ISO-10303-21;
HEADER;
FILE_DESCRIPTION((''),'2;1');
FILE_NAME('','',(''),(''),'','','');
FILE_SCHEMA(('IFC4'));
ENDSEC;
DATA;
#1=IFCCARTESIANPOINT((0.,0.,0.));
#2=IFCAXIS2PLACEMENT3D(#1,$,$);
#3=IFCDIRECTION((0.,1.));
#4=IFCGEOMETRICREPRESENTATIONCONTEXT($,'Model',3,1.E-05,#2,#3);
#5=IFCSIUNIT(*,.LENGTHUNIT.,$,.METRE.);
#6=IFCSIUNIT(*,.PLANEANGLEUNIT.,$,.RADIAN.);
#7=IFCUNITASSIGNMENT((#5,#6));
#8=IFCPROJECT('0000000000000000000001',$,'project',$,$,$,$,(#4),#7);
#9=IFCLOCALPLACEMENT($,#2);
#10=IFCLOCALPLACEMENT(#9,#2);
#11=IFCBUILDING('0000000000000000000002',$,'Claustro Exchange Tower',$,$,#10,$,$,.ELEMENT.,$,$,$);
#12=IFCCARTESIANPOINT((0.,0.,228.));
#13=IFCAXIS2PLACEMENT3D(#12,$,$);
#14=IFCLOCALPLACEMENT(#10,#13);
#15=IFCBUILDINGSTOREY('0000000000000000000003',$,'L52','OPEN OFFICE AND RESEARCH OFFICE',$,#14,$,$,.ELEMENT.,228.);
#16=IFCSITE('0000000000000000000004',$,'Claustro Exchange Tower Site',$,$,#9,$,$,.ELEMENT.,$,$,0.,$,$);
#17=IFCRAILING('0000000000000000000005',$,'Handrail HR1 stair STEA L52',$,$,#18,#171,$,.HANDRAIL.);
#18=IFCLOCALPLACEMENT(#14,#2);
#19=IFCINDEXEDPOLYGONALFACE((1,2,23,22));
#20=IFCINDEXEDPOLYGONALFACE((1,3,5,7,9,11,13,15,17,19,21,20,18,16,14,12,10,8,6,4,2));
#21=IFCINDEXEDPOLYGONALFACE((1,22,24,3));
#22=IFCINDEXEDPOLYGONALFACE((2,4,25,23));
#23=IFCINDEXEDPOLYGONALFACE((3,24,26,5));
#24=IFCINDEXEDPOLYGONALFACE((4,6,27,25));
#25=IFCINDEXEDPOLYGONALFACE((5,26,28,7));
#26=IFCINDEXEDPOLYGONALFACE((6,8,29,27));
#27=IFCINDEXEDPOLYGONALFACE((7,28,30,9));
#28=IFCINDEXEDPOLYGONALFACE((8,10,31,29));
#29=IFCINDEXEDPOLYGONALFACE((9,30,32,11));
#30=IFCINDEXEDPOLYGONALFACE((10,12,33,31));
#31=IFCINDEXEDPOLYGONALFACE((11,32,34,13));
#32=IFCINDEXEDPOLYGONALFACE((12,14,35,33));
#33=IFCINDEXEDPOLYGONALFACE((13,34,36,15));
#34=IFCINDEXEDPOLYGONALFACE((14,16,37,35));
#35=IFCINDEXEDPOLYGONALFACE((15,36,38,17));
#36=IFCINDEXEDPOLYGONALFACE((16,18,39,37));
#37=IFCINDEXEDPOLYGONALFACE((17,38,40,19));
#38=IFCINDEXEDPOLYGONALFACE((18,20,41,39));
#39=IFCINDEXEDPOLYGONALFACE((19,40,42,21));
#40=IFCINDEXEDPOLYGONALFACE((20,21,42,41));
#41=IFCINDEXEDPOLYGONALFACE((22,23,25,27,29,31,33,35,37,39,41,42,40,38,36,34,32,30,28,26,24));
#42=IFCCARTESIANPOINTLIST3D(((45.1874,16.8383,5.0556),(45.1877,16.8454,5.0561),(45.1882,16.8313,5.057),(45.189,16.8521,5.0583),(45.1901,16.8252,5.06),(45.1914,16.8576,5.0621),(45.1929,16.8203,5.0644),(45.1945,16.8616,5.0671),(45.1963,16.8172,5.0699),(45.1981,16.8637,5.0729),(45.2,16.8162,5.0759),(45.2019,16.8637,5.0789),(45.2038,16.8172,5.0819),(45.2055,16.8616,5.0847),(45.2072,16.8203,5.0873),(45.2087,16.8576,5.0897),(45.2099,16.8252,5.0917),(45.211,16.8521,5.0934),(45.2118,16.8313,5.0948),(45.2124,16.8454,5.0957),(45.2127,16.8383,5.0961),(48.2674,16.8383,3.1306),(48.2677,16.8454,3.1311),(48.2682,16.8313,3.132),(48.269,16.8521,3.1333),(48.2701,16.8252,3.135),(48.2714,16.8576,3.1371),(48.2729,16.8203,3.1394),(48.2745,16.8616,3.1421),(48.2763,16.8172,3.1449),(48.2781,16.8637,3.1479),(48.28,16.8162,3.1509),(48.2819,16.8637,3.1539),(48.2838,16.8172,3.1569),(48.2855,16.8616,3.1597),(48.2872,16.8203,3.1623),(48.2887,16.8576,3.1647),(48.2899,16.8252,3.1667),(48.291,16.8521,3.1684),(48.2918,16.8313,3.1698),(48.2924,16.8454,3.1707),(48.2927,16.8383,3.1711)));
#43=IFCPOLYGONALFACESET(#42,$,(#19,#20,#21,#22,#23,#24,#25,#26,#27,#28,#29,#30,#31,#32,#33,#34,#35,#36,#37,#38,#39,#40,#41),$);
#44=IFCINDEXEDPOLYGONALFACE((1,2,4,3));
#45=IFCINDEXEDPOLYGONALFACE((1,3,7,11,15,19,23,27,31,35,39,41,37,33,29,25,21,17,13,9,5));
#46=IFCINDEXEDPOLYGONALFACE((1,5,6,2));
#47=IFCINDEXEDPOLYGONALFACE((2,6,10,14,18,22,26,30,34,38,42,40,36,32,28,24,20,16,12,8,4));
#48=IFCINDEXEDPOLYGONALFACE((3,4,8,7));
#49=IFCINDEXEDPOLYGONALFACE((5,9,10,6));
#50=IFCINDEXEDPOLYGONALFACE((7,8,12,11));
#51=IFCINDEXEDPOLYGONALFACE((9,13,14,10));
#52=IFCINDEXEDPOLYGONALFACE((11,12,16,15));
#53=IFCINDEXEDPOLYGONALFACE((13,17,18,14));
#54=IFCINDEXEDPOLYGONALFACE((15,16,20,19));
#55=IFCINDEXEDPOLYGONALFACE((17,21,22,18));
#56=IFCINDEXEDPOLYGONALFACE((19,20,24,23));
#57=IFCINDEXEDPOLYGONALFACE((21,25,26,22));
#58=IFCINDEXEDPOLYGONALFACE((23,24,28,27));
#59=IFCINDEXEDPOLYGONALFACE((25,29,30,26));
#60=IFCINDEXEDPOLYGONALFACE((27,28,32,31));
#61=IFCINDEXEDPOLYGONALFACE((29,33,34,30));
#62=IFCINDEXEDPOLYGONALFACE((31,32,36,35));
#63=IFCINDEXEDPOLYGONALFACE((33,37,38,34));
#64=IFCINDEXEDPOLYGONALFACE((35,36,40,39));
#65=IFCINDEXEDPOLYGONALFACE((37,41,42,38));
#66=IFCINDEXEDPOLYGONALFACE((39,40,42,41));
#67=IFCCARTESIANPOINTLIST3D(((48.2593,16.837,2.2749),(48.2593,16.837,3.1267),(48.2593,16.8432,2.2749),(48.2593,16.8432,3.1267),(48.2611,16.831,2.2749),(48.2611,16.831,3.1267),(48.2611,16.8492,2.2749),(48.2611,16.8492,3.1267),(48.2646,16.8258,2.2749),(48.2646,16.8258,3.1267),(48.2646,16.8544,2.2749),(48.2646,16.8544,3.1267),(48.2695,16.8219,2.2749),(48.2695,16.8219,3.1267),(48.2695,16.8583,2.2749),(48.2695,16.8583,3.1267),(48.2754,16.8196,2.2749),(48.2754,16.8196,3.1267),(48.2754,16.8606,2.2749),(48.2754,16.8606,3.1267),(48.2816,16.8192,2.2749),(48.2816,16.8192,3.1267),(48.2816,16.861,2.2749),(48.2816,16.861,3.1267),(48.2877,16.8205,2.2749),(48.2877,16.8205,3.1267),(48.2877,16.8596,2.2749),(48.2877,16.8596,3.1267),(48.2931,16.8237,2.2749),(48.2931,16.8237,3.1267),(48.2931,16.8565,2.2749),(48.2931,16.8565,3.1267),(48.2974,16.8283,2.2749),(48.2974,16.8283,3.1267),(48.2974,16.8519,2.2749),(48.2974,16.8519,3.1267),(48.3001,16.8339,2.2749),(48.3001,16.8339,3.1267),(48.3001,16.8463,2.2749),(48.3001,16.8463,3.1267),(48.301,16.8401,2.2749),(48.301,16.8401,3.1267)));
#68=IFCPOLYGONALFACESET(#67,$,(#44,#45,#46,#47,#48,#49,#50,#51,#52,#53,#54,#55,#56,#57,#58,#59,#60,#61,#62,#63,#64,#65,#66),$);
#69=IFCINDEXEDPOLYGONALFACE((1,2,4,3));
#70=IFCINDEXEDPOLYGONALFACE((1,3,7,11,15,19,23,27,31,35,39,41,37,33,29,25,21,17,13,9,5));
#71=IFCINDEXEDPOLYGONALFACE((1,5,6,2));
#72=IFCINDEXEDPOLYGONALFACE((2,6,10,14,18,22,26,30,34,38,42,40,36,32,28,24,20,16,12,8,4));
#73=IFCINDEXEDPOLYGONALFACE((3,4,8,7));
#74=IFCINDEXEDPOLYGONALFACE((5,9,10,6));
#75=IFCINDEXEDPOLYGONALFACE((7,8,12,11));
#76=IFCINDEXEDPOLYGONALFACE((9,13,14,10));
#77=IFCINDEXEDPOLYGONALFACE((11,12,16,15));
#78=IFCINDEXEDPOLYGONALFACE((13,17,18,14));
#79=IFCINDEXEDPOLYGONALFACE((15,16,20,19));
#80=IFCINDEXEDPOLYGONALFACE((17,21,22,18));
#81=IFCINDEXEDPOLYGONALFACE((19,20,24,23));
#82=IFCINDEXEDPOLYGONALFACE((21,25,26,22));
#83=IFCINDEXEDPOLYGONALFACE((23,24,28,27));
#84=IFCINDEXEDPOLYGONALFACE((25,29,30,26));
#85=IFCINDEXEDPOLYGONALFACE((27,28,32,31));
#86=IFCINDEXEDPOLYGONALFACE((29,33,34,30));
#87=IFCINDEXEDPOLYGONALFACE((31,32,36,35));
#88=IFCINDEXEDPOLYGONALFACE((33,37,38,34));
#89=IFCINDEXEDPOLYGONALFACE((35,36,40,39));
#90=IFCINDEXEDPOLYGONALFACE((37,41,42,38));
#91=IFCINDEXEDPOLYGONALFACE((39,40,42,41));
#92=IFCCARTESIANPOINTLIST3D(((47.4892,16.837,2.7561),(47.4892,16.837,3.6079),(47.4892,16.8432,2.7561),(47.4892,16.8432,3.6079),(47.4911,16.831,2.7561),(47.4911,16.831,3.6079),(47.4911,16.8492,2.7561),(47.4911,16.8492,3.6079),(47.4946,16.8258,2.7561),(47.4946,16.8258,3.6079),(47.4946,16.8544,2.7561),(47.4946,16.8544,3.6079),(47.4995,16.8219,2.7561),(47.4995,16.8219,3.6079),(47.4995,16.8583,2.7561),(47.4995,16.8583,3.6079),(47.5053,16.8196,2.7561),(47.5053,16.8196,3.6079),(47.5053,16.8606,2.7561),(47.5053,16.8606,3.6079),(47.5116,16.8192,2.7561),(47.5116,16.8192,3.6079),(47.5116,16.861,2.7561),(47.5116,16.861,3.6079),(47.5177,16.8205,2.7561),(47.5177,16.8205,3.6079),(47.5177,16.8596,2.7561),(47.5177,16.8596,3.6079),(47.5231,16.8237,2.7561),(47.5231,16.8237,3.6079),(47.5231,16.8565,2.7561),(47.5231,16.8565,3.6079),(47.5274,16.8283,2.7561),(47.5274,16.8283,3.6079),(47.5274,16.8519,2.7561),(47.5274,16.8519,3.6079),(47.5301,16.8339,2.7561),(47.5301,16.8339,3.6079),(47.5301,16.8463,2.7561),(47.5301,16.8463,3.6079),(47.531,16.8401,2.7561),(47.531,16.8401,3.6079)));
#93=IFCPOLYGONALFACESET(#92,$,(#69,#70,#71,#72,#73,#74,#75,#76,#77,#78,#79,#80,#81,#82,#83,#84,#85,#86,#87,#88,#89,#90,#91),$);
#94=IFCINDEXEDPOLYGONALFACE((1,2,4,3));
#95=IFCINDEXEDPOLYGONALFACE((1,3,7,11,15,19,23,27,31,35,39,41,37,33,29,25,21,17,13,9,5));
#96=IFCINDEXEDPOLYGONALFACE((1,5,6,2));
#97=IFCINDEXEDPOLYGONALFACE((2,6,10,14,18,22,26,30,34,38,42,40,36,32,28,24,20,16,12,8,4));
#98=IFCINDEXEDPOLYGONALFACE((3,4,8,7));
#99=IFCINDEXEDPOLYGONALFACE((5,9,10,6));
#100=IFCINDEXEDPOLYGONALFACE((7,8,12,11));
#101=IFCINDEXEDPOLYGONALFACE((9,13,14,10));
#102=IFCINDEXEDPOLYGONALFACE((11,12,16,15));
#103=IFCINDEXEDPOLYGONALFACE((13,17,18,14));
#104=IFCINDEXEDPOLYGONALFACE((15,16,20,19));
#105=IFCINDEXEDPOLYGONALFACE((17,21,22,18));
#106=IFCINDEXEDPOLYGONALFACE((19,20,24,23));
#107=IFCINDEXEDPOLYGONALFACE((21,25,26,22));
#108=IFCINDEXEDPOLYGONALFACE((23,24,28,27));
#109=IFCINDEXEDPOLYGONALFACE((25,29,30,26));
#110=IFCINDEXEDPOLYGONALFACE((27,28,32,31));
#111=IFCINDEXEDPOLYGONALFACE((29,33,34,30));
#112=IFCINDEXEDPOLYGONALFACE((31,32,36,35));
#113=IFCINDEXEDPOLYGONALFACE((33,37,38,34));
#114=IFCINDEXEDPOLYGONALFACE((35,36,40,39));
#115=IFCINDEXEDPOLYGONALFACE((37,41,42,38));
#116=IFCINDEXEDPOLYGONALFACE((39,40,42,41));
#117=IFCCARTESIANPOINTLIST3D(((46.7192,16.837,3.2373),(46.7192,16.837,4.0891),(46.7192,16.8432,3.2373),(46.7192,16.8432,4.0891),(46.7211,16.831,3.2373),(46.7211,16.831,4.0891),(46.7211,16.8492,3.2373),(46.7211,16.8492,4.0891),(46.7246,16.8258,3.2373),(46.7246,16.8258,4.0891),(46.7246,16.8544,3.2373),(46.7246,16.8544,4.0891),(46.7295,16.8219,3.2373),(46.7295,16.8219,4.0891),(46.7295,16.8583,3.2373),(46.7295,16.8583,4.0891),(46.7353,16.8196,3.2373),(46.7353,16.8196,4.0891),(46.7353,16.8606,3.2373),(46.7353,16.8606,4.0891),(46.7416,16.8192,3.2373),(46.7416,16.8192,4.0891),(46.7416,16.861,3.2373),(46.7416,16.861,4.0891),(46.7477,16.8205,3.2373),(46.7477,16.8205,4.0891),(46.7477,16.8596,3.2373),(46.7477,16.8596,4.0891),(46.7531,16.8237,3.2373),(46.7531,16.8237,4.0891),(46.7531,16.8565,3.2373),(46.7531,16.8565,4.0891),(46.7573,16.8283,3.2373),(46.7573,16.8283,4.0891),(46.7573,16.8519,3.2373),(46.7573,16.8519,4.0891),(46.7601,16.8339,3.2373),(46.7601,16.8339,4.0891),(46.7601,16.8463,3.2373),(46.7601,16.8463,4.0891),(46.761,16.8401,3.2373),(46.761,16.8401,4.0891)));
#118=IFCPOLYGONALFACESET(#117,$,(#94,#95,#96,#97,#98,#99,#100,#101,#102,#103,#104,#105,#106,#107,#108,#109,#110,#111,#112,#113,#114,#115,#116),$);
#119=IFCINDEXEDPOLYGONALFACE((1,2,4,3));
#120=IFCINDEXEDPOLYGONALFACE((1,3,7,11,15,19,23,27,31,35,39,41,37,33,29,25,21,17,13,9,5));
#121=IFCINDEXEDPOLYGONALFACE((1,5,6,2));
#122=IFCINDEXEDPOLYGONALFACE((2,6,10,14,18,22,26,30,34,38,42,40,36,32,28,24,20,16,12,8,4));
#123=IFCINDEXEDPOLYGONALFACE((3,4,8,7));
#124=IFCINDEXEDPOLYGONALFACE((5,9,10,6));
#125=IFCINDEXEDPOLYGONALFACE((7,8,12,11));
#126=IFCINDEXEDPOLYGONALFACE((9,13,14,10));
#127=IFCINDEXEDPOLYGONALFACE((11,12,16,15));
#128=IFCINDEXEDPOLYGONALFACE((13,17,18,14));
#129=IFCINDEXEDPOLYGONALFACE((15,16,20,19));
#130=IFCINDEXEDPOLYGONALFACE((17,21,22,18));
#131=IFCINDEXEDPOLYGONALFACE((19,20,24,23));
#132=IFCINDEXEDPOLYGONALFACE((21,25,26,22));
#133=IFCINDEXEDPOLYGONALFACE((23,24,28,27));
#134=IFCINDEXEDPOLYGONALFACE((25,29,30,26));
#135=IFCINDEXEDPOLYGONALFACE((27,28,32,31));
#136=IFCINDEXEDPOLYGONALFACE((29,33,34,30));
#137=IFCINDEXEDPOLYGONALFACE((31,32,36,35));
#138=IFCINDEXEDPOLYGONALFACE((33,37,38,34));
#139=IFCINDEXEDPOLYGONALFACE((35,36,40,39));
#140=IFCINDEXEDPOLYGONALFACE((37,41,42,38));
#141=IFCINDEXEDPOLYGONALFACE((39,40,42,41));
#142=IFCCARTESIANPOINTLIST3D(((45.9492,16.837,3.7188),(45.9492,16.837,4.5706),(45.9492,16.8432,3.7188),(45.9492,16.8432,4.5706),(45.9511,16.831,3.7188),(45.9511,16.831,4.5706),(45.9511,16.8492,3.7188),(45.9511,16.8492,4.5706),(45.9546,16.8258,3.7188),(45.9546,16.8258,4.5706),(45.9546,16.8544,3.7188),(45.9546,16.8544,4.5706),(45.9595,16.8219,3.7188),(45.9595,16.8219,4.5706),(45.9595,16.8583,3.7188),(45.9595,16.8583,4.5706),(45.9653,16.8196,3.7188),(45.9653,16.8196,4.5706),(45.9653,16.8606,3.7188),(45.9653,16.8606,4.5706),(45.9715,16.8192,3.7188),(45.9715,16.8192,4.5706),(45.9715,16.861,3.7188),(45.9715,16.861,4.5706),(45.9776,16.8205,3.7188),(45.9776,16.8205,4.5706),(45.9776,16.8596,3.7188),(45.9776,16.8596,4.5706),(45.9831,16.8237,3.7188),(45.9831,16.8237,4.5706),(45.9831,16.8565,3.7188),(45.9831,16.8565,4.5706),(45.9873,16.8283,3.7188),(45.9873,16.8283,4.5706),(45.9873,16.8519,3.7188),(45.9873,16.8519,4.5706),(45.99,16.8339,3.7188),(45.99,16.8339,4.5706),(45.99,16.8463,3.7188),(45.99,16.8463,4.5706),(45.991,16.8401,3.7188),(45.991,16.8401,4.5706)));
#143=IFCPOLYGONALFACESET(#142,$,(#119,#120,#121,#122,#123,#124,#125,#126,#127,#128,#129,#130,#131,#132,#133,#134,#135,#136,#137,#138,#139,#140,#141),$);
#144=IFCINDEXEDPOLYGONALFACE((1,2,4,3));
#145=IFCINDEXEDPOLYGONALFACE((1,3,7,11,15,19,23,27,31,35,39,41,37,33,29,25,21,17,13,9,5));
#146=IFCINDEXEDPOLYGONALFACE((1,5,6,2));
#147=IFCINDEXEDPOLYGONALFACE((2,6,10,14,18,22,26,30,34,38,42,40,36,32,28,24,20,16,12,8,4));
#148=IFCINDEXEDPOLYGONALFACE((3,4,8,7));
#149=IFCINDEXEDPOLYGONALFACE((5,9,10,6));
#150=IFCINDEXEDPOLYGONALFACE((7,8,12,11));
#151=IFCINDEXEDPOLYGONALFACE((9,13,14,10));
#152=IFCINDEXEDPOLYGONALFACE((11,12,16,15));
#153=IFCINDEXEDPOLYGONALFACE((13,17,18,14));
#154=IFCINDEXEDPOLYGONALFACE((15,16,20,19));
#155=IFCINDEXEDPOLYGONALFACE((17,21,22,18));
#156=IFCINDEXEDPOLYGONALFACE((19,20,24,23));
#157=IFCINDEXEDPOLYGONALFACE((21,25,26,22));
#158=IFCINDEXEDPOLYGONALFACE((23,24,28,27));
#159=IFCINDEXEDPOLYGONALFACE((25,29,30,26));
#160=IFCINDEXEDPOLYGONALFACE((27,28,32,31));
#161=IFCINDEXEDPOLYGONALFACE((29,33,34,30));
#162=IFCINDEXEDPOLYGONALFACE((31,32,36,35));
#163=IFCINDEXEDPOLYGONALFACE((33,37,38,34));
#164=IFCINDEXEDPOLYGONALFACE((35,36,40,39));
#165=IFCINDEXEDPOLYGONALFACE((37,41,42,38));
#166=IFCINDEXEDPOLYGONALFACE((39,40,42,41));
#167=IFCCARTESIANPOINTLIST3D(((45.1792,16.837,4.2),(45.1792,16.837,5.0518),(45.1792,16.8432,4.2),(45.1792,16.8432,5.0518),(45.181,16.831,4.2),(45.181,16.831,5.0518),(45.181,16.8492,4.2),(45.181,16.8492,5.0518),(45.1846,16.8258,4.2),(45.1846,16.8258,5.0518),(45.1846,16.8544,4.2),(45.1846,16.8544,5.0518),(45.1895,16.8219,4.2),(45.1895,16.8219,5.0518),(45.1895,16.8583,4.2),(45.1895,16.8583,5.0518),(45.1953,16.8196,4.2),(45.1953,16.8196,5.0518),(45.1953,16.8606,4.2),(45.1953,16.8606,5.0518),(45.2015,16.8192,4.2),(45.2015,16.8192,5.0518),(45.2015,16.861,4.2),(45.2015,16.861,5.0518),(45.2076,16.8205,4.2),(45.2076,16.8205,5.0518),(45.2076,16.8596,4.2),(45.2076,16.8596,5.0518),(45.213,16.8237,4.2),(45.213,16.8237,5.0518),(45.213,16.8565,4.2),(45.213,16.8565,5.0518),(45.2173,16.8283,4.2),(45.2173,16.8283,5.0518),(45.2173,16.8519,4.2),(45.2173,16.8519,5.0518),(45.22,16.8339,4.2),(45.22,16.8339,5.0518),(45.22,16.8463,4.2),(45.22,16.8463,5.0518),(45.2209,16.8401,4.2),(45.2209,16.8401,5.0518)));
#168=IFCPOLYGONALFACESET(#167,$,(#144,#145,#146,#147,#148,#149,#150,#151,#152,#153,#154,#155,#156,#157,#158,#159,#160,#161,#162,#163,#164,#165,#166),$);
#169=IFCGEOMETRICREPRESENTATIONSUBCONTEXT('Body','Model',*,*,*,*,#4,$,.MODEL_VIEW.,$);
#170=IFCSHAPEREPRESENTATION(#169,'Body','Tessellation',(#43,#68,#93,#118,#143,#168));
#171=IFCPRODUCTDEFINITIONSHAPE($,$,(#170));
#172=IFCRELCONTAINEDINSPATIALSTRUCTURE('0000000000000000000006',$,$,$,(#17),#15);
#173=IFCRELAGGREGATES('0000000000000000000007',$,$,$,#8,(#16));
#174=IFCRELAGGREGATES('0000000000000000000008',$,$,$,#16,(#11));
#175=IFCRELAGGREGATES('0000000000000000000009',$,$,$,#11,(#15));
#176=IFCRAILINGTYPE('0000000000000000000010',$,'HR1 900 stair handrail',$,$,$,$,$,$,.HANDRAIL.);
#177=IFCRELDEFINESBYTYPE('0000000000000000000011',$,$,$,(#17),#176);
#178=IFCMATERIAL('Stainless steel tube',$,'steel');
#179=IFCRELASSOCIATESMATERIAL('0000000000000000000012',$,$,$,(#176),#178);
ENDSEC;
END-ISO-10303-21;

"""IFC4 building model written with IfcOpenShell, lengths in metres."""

from ifc_helpers import new_model, si_unit, direction, frame, origin, origin_2d, place, context, subcontext, project, spatial, circle, extrude, material, type_object, element, save


model = new_model("IFC4")

# Units and contexts
model_context = context("Model", 3, precision=1e-05, world=origin(), true_north=direction((0.0, 1.0)))
body_context = subcontext(model_context, "Body", "Model", "MODEL_VIEW")
ifc_project = project(units=[si_unit("LENGTHUNIT", "METRE"), si_unit("PLANEANGLEUNIT", "RADIAN")], contexts=[model_context])

# Site, building, storey
site_placement = place(None, origin())
site = spatial("IfcSite", under=ifc_project, at=site_placement, Name="Claustro Exchange Tower Site", CompositionType="ELEMENT", RefElevation=0.0)
building_placement = place(site_placement, origin())
building = spatial("IfcBuilding", under=site, at=building_placement, Name="Claustro Exchange Tower", CompositionType="ELEMENT")
storey_placement = place(building_placement, frame((0.0, 0.0, 228.0)))
storey = spatial("IfcBuildingStorey", under=building, at=storey_placement, Name="L52", Description="OPEN OFFICE AND RESEARCH OFFICE", CompositionType="ELEMENT", Elevation=228.0)

# Railing
ifc_material_1 = material(Name="Stainless steel tube", Category="steel")
railing_type_1 = type_object("IfcRailingType", Name="HR1 900 stair handrail", PredefinedType="HANDRAIL", material=ifc_material_1)
railing_1_placement = place(storey_placement, frame((48.28, 16.8401, 2.2749)))
element("IfcRailing", 1, at=railing_1_placement, inside=storey, type_object=railing_type_1, Name="Handrail HR1 stair STEA L52", PredefinedType="HANDRAIL", context=body_context, shape_type="SweptSolid", body=[
    extrude(circle(Radius=0.0239, at=origin_2d()), frame((0.0, 0.0, 0.876), z_axis=(-0.847998, 0.0, 0.529999), x_axis=(0.0, -1.0, 0.0)), (0.0, 0.0, 1.0), 3.6321),
    extrude(circle(Radius=0.021, at=origin_2d()), origin(), (0.0, 0.0, 1.0), 0.8518),
    extrude(circle(Radius=0.021, at=origin_2d()), frame((-0.77, 0.0, 0.4812)), (0.0, 0.0, 1.0), 0.8518),
    extrude(circle(Radius=0.021, at=origin_2d()), frame((-1.54, 0.0, 0.9624)), (0.0, 0.0, 1.0), 0.8518),
    extrude(circle(Radius=0.021, at=origin_2d()), frame((-2.3101, 0.0, 1.4438)), (0.0, 0.0, 1.0), 0.8518),
    extrude(circle(Radius=0.021, at=origin_2d()), frame((-3.0801, 0.0, 1.925)), (0.0, 0.0, 1.0), 0.8518),
])

save(model, "model.ifc")
